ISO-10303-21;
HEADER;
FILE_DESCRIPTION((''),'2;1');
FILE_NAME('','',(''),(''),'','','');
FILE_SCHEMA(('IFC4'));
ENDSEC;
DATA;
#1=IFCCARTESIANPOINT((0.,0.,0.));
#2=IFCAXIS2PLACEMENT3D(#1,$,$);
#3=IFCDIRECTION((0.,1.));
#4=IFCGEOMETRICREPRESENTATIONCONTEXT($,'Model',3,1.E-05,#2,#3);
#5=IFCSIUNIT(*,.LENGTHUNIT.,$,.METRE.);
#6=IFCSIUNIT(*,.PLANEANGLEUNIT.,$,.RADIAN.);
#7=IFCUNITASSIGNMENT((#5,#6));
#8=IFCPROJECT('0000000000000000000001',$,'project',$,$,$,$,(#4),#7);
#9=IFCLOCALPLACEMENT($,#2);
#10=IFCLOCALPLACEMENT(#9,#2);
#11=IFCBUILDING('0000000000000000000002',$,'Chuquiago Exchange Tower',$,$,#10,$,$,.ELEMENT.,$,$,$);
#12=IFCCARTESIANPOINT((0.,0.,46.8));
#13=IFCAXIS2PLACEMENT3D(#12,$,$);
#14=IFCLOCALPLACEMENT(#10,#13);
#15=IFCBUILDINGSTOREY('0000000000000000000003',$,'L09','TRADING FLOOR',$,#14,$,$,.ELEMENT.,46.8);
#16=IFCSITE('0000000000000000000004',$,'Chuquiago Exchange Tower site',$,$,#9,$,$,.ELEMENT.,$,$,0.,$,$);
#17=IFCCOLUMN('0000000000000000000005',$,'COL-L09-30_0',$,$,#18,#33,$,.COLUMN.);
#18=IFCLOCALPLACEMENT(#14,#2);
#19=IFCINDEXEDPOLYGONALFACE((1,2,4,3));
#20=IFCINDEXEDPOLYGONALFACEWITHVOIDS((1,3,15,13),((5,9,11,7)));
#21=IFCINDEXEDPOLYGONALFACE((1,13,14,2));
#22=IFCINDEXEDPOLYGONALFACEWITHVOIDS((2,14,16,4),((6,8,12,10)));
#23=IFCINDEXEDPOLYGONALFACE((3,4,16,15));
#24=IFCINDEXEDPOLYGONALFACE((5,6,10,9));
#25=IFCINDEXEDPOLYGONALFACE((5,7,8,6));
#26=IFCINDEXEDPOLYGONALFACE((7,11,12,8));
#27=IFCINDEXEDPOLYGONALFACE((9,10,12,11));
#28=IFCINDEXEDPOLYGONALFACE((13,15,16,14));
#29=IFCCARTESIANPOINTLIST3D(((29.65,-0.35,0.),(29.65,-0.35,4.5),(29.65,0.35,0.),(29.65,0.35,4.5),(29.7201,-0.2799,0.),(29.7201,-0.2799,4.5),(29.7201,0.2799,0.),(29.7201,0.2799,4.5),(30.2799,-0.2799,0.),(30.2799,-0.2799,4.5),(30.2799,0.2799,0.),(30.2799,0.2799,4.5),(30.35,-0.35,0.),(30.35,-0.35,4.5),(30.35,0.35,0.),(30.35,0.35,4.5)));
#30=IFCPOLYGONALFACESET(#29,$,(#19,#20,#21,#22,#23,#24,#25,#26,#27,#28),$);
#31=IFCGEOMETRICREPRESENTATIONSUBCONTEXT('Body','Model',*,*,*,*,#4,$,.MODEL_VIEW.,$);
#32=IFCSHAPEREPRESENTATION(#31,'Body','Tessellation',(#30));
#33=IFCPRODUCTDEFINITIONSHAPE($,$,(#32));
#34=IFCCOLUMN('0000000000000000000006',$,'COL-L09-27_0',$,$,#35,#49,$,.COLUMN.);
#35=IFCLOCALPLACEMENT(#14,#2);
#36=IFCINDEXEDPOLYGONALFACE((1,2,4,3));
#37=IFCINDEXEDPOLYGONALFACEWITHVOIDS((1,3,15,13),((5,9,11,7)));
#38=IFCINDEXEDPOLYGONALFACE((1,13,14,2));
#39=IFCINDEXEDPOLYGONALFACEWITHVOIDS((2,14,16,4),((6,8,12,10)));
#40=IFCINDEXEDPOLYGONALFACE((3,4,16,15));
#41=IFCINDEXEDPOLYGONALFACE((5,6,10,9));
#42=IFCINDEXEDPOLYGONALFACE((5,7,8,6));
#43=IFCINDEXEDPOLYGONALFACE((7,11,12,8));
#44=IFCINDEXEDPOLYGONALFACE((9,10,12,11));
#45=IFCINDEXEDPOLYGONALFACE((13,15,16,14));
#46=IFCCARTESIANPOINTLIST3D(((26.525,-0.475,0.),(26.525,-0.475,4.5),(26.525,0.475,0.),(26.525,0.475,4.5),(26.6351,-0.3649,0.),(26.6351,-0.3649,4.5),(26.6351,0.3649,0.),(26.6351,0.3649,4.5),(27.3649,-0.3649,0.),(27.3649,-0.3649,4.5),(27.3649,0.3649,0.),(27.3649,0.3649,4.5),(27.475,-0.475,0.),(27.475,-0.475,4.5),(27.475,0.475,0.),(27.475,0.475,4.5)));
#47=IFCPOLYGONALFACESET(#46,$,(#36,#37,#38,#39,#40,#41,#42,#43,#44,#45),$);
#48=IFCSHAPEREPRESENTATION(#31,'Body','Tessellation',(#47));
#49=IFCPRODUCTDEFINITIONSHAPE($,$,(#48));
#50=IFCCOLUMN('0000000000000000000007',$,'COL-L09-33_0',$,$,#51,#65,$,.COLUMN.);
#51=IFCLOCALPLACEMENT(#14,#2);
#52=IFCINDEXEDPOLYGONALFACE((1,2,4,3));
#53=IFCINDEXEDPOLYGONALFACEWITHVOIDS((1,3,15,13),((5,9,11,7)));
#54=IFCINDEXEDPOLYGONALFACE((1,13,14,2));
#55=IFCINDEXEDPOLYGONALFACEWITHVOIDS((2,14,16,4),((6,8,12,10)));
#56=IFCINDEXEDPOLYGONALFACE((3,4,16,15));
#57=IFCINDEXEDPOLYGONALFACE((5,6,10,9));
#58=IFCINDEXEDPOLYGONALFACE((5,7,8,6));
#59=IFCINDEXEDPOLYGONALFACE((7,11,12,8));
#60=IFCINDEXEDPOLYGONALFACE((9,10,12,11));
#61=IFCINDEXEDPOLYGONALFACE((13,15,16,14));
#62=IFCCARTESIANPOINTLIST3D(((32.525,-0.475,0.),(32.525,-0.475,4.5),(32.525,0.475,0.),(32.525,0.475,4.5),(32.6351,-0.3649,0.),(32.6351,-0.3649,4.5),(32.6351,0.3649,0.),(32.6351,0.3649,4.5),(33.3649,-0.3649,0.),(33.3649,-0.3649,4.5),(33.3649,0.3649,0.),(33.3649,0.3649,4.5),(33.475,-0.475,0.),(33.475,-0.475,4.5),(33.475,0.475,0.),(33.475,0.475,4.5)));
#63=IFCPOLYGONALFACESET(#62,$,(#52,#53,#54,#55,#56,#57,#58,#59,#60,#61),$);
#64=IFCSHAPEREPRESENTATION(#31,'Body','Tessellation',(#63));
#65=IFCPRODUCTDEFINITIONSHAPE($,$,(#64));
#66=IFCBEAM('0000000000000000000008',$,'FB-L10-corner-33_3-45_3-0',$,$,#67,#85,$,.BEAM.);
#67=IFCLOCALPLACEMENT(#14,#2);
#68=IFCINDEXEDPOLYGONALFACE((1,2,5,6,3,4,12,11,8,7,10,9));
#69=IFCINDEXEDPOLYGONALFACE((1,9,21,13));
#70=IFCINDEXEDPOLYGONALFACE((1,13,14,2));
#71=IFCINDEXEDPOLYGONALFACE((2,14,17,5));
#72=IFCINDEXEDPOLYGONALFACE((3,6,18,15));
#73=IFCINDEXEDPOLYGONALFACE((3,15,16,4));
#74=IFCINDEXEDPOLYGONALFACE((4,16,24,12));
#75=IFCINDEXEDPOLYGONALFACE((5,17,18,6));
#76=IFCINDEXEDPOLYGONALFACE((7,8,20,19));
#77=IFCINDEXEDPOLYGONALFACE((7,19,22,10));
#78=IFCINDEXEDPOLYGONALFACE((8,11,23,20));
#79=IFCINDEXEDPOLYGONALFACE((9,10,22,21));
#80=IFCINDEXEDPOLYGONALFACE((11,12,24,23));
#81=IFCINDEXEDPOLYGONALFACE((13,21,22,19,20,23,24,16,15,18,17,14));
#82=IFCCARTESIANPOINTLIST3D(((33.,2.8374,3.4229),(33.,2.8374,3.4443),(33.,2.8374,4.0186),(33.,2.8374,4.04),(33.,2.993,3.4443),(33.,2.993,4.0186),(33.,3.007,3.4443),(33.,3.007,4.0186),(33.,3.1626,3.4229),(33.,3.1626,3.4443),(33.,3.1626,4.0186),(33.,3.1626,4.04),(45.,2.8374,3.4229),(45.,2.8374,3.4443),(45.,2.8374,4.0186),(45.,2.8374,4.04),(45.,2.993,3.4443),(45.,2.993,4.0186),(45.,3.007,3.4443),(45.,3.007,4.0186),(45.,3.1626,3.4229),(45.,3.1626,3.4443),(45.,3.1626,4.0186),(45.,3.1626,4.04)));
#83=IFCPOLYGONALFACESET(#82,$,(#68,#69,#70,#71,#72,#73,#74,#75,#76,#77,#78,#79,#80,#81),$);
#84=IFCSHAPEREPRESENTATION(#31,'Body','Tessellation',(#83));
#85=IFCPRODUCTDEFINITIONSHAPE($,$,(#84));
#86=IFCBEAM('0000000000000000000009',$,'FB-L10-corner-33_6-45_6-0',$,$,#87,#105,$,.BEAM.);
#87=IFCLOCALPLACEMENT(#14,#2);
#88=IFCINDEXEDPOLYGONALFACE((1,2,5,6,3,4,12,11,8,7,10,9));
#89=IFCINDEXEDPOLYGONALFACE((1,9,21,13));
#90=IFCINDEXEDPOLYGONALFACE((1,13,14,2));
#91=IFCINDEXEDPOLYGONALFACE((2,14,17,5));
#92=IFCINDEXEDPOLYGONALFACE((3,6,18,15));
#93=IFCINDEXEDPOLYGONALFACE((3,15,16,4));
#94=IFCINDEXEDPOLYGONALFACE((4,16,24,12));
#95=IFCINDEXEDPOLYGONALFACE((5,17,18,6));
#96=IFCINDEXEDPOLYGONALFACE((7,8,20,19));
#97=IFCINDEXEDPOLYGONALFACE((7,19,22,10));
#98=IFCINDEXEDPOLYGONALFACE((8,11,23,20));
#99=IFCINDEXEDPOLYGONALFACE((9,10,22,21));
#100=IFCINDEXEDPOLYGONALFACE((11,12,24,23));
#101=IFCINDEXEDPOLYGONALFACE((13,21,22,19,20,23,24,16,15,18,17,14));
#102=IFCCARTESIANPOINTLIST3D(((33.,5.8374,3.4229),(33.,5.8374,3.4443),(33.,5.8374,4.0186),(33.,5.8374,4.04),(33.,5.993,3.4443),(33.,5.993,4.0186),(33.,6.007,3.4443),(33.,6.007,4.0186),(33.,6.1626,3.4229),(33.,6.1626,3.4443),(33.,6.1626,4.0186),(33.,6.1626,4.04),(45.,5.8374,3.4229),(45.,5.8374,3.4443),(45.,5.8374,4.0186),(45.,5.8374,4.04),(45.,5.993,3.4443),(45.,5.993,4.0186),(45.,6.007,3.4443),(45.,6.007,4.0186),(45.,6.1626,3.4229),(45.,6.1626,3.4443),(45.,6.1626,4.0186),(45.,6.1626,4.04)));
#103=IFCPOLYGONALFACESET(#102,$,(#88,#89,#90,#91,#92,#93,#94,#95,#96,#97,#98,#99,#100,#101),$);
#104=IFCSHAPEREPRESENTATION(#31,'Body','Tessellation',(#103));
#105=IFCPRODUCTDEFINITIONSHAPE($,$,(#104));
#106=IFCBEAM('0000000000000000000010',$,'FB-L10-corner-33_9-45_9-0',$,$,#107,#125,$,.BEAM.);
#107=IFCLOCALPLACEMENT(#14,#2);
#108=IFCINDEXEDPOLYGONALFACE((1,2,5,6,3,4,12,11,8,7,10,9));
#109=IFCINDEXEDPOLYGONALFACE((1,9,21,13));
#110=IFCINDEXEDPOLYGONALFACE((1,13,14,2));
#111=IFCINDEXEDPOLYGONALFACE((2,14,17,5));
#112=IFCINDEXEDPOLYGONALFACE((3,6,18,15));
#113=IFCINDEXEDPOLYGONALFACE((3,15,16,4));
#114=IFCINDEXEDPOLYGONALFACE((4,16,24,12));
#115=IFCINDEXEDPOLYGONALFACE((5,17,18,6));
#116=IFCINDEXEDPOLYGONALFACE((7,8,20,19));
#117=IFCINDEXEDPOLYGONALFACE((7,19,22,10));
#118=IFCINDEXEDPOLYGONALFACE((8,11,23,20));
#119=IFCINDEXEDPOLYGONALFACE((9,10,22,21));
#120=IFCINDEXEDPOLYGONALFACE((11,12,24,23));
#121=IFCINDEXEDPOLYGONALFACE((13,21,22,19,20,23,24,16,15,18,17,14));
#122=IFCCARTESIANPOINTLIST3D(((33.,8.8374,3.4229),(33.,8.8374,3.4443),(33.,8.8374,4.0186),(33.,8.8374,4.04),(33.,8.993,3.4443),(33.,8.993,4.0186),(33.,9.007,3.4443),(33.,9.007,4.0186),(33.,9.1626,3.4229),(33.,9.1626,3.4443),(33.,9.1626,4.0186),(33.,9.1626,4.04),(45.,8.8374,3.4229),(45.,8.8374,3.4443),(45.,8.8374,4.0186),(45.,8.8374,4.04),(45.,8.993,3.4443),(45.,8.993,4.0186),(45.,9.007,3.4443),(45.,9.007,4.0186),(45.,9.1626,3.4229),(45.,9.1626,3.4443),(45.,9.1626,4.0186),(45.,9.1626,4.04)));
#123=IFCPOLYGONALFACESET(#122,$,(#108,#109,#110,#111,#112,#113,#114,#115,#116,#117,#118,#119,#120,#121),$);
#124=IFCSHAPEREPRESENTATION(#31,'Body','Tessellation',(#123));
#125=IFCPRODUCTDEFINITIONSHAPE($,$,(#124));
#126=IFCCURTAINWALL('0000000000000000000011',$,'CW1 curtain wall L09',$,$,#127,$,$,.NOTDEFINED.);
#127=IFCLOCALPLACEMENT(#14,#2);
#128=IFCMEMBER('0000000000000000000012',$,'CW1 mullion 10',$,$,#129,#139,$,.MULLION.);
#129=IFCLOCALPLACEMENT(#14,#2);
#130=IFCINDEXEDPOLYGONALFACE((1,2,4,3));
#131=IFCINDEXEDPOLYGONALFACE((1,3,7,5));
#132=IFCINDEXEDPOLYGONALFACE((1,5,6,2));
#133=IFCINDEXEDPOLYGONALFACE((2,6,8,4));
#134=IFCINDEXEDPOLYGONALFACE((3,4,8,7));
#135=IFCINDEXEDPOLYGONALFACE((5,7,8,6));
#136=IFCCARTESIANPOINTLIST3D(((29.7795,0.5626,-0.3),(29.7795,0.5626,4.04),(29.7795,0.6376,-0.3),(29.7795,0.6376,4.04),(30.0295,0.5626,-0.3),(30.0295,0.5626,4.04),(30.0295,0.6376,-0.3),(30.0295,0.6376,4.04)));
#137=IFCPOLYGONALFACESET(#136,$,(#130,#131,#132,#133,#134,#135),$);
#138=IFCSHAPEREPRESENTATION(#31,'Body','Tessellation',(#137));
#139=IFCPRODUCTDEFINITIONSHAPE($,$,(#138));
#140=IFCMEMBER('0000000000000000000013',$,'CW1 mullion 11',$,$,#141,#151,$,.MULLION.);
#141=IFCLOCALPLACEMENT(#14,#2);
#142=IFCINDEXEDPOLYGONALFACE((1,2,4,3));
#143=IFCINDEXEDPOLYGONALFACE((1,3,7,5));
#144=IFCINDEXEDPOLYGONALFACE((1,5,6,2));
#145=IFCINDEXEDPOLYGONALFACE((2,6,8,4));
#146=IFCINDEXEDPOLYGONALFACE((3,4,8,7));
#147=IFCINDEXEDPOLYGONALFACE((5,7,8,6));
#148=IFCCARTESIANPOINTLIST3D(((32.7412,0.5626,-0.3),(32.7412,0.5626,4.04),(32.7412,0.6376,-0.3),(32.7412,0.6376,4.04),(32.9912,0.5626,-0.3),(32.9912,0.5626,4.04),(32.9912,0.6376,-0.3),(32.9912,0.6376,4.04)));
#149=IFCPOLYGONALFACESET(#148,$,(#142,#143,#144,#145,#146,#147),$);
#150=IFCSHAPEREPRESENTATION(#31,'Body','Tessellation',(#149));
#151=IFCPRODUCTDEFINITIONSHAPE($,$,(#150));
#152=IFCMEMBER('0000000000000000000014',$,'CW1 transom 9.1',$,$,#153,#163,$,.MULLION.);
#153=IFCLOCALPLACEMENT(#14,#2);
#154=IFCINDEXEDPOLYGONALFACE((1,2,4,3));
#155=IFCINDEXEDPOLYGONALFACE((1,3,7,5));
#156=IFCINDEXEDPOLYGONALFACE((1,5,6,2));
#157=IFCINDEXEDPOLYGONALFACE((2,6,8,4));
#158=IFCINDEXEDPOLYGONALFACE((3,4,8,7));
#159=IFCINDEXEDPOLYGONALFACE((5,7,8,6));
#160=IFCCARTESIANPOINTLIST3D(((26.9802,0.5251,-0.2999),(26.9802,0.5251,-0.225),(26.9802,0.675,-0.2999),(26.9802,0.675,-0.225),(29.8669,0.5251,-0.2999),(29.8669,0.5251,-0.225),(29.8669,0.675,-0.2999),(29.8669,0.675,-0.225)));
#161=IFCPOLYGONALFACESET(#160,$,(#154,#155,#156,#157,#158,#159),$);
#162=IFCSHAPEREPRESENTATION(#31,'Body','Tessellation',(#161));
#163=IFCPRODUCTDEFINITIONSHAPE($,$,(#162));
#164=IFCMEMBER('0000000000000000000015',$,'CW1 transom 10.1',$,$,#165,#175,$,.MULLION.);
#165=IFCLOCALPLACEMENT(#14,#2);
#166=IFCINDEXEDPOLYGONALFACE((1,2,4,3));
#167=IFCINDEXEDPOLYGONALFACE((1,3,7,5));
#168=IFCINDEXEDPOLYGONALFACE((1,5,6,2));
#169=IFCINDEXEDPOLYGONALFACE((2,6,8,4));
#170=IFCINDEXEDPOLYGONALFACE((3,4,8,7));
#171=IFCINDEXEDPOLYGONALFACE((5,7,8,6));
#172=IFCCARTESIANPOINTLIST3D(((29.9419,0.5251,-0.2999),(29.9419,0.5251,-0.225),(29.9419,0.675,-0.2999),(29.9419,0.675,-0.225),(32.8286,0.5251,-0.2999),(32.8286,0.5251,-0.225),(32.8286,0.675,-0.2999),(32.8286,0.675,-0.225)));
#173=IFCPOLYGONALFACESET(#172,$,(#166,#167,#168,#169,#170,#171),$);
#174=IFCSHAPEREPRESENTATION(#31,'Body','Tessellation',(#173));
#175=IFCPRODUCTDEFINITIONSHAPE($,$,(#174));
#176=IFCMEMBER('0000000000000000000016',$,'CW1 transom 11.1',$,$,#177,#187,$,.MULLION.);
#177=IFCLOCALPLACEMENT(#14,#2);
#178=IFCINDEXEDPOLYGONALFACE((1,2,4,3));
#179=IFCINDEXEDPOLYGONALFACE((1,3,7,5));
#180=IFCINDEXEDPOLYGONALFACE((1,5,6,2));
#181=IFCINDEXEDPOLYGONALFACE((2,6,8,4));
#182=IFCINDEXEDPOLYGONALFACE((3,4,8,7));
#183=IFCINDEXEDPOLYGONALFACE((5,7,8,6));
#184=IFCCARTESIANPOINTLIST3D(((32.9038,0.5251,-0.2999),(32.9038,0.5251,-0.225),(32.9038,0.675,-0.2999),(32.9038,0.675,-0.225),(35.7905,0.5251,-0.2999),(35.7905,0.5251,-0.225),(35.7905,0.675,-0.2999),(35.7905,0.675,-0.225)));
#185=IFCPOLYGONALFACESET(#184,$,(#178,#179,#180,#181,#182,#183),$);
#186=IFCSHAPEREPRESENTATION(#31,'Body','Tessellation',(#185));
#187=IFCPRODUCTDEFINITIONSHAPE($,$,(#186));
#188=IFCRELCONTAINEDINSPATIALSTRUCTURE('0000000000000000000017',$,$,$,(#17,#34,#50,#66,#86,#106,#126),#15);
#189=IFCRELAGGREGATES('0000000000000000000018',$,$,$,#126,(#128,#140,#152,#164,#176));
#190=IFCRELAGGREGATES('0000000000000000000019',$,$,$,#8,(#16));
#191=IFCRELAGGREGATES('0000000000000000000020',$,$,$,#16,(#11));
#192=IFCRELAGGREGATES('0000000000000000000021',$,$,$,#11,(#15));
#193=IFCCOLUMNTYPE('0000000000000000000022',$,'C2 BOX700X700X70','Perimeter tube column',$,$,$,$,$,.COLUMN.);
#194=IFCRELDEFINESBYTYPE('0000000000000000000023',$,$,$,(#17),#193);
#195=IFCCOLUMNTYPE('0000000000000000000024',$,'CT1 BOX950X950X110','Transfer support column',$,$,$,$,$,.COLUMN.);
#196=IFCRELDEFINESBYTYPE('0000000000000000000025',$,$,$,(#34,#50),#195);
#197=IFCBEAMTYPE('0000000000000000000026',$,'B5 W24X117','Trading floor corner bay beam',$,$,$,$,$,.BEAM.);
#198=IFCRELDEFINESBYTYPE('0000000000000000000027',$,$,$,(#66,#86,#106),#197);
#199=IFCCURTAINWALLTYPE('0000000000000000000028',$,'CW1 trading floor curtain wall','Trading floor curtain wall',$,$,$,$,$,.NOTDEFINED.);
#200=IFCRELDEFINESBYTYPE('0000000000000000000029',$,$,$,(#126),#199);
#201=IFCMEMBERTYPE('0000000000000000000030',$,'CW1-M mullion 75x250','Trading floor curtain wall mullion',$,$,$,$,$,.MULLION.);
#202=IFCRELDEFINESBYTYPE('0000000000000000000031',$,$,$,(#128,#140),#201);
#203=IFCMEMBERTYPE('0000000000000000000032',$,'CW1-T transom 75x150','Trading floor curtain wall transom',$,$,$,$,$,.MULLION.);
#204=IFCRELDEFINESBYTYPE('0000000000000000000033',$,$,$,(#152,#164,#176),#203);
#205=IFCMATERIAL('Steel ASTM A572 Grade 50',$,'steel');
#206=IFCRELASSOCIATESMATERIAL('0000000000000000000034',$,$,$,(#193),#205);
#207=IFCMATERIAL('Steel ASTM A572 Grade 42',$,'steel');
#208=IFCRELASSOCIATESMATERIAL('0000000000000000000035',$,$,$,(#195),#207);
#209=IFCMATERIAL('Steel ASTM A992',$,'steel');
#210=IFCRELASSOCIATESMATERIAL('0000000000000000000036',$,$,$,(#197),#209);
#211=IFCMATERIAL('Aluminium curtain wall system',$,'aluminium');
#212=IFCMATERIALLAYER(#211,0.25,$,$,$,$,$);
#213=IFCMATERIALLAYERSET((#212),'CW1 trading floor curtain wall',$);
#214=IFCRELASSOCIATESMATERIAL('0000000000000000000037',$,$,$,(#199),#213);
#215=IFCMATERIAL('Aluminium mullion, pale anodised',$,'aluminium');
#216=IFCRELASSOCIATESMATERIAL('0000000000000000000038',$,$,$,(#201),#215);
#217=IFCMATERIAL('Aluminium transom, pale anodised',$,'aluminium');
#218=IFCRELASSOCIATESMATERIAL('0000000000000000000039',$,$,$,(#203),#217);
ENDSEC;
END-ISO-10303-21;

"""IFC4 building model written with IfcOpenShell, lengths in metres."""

from ifc_helpers import new_model, si_unit, direction, frame, origin, origin_2d, place, context, subcontext, project, spatial, rectangle, hollow_rectangle, i_section, extrude, material, layer, layer_set, material_profile, profile_set, type_object, element, aggregate, save


model = new_model("IFC4")

# Units and contexts
model_context = context("Model", 3, precision=1e-05, world=origin(), true_north=direction((0.0, 1.0)))
body_context = subcontext(model_context, "Body", "Model", "MODEL_VIEW")
ifc_project = project(units=[si_unit("LENGTHUNIT", "METRE"), si_unit("PLANEANGLEUNIT", "RADIAN")], contexts=[model_context])

# Site, building, storey
site_placement = place(None, origin())
site = spatial("IfcSite", under=ifc_project, at=site_placement, Name="Chuquiago Exchange Tower site", CompositionType="ELEMENT", RefElevation=0.0)
building_placement = place(site_placement, origin())
building = spatial("IfcBuilding", under=site, at=building_placement, Name="Chuquiago Exchange Tower", CompositionType="ELEMENT")
storey_placement = place(building_placement, frame((0.0, 0.0, 46.8)))
storey = spatial("IfcBuildingStorey", under=building, at=storey_placement, Name="L09", Description="TRADING FLOOR", CompositionType="ELEMENT", Elevation=46.8)

# Columns
ifc_material_1 = material(Name="Steel ASTM A572 Grade 50", Category="steel")
ifc_material_profile_1 = material_profile(ifc_material_1, hollow_rectangle(XDim=0.7, YDim=0.7, WallThickness=0.0701, at=origin_2d()), Name="BOX700X700X70")
ifc_profile_set_1 = profile_set([ifc_material_profile_1], Name="Steel ASTM A572 Grade 50")
column_type_1 = type_object("IfcColumnType", Name="C2 BOX700X700X70", Description="Perimeter tube column", PredefinedType="COLUMN", material=ifc_profile_set_1)
column_placement = place(storey_placement, frame((30.0, 0.0, 0.0), z_axis=(0.0, 0.0, 1.0), x_axis=(0.0, -1.0, 0.0)))
element("IfcColumn", 1, at=column_placement, inside=storey, type_object=column_type_1, Name="COL-L09-30_0", PredefinedType="COLUMN", context=body_context, shape_type="SweptSolid", body=[
    extrude(hollow_rectangle(XDim=0.7, YDim=0.7, WallThickness=0.0701, at=origin_2d()), origin(), (0.0, 0.0, 1.0), 4.5),
])
ifc_material_2 = material(Name="Steel ASTM A572 Grade 42", Category="steel")
ifc_material_profile_2 = material_profile(ifc_material_2, hollow_rectangle(XDim=0.95, YDim=0.95, WallThickness=0.1101, at=origin_2d()), Name="BOX950X950X110")
ifc_profile_set_2 = profile_set([ifc_material_profile_2], Name="Steel ASTM A572 Grade 42")
column_type_2 = type_object("IfcColumnType", Name="CT1 BOX950X950X110", Description="Transfer support column", PredefinedType="COLUMN", material=ifc_profile_set_2)
for number, where, z_axis, x_axis, name in (
    (2, (27.0, 0.0, 0.0), (0.0, 0.0, 1.0), (0.0, -1.0, 0.0), "COL-L09-27_0"),
    (3, (33.0, 0.0, 0.0), (0.0, 0.0, 1.0), (0.0, -1.0, 0.0), "COL-L09-33_0"),
):
    element("IfcColumn", number, at=place(storey_placement, frame(where, z_axis=z_axis, x_axis=x_axis)), inside=storey, type_object=column_type_2, Name=name, PredefinedType="COLUMN", context=body_context, shape_type="SweptSolid", body=[
        extrude(hollow_rectangle(XDim=0.95, YDim=0.95, WallThickness=0.1101, at=origin_2d()), origin(), (0.0, 0.0, 1.0), 4.5),
    ])

# Beams
ifc_material_3 = material(Name="Steel ASTM A992", Category="steel")
ifc_material_profile_3 = material_profile(ifc_material_3, i_section(OverallWidth=0.3252, OverallDepth=0.6172, WebThickness=0.0139, FlangeThickness=0.0215, at=origin_2d()), Name="W24X117")
ifc_profile_set_3 = profile_set([ifc_material_profile_3], Name="Steel ASTM A992")
beam_type_1 = type_object("IfcBeamType", Name="B5 W24X117", Description="Trading floor corner bay beam", PredefinedType="BEAM", material=ifc_profile_set_3)
for number, where, z_axis, x_axis, name in (
    (4, (33.0, 3.0, 3.7314), (1.0, 0.0, 0.0), (0.0, 1.0, 0.0), "FB-L10-corner-33_3-45_3-0"),
    (5, (33.0, 6.0, 3.7314), (1.0, 0.0, 0.0), (0.0, 1.0, 0.0), "FB-L10-corner-33_6-45_6-0"),
    (6, (33.0, 9.0, 3.7314), (1.0, 0.0, 0.0), (0.0, 1.0, 0.0), "FB-L10-corner-33_9-45_9-0"),
):
    element("IfcBeam", number, at=place(storey_placement, frame(where, z_axis=z_axis, x_axis=x_axis)), inside=storey, type_object=beam_type_1, Name=name, PredefinedType="BEAM", context=body_context, shape_type="SweptSolid", body=[
        extrude(i_section(OverallWidth=0.3252, OverallDepth=0.6172, WebThickness=0.0139, FlangeThickness=0.0215, at=origin_2d()), origin(), (0.0, 0.0, 1.0), 12.0),
    ])

# Curtain wall, members
ifc_material_4 = material(Name="Aluminium curtain wall system", Category="aluminium")
ifc_layer_1 = layer(ifc_material_4, 0.25)
ifc_layer_set_1 = layer_set([ifc_layer_1], Name="CW1 trading floor curtain wall")
curtain_wall_type = type_object("IfcCurtainWallType", Name="CW1 trading floor curtain wall", Description="Trading floor curtain wall", PredefinedType="NOTDEFINED", material=ifc_layer_set_1)
curtain_wall_placement = place(storey_placement, origin())
curtain_wall = element("IfcCurtainWall", 7, at=curtain_wall_placement, inside=storey, type_object=curtain_wall_type, Name="CW1 curtain wall L09", PredefinedType="NOTDEFINED")
ifc_material_5 = material(Name="Aluminium mullion, pale anodised", Category="aluminium")
ifc_material_profile_4 = material_profile(ifc_material_5, rectangle(XDim=0.075, YDim=0.25, at=origin_2d()), Name="AL 75x250")
ifc_profile_set_4 = profile_set([ifc_material_profile_4], Name="Aluminium mullion, pale anodised")
member_type_1 = type_object("IfcMemberType", Name="CW1-M mullion 75x250", Description="Trading floor curtain wall mullion", PredefinedType="MULLION", material=ifc_profile_set_4)
member_1_placement = place(storey_placement, frame((29.9045, 0.6001, -0.3), z_axis=(0.0, 0.0, 1.0), x_axis=(0.0, 1.0, 0.0)))
member_1 = element("IfcMember", 8, at=member_1_placement, type_object=member_type_1, Name="CW1 mullion 10", PredefinedType="MULLION", context=body_context, shape_type="SweptSolid", body=[
    extrude(rectangle(XDim=0.075, YDim=0.25, at=origin_2d()), origin(), (0.0, 0.0, 1.0), 4.3401),
])
member_2_placement = place(storey_placement, frame((32.8662, 0.6001, -0.3), z_axis=(0.0, 0.0, 1.0), x_axis=(0.0, 1.0, 0.0)))
member_2 = element("IfcMember", 9, at=member_2_placement, type_object=member_type_1, Name="CW1 mullion 11", PredefinedType="MULLION", context=body_context, shape_type="SweptSolid", body=[
    extrude(rectangle(XDim=0.075, YDim=0.25, at=origin_2d()), origin(), (0.0, 0.0, 1.0), 4.3401),
])
ifc_material_6 = material(Name="Aluminium transom, pale anodised", Category="aluminium")
ifc_material_profile_5 = material_profile(ifc_material_6, rectangle(XDim=0.1499, YDim=0.075, at=origin_2d()), Name="AL 150x75")
ifc_profile_set_5 = profile_set([ifc_material_profile_5], Name="Aluminium transom, pale anodised")
member_type_2 = type_object("IfcMemberType", Name="CW1-T transom 75x150", Description="Trading floor curtain wall transom", PredefinedType="MULLION", material=ifc_profile_set_5)
member_3_placement = place(storey_placement, frame((26.9802, 0.6001, -0.2625), z_axis=(1.0, 0.0, 0.0), x_axis=(0.0, 1.0, 0.0)))
member_3 = element("IfcMember", 10, at=member_3_placement, type_object=member_type_2, Name="CW1 transom 9.1", PredefinedType="MULLION", context=body_context, shape_type="SweptSolid", body=[
    extrude(rectangle(XDim=0.1499, YDim=0.075, at=origin_2d()), origin(), (0.0, 0.0, 1.0), 2.8867),
])
member_4_placement = place(storey_placement, frame((29.9419, 0.6001, -0.2625), z_axis=(1.0, 0.0, 0.0), x_axis=(0.0, 1.0, 0.0)))
member_4 = element("IfcMember", 11, at=member_4_placement, type_object=member_type_2, Name="CW1 transom 10.1", PredefinedType="MULLION", context=body_context, shape_type="SweptSolid", body=[
    extrude(rectangle(XDim=0.1499, YDim=0.075, at=origin_2d()), origin(), (0.0, 0.0, 1.0), 2.8867),
])
member_5_placement = place(storey_placement, frame((32.9038, 0.6001, -0.2625), z_axis=(1.0, 0.0, 0.0), x_axis=(0.0, 1.0, 0.0)))
member_5 = element("IfcMember", 12, at=member_5_placement, type_object=member_type_2, Name="CW1 transom 11.1", PredefinedType="MULLION", context=body_context, shape_type="SweptSolid", body=[
    extrude(rectangle(XDim=0.1499, YDim=0.075, at=origin_2d()), origin(), (0.0, 0.0, 1.0), 2.8867),
])

aggregate(curtain_wall, [member_1, member_2, member_3, member_4, member_5])

save(model, "model.ifc")
